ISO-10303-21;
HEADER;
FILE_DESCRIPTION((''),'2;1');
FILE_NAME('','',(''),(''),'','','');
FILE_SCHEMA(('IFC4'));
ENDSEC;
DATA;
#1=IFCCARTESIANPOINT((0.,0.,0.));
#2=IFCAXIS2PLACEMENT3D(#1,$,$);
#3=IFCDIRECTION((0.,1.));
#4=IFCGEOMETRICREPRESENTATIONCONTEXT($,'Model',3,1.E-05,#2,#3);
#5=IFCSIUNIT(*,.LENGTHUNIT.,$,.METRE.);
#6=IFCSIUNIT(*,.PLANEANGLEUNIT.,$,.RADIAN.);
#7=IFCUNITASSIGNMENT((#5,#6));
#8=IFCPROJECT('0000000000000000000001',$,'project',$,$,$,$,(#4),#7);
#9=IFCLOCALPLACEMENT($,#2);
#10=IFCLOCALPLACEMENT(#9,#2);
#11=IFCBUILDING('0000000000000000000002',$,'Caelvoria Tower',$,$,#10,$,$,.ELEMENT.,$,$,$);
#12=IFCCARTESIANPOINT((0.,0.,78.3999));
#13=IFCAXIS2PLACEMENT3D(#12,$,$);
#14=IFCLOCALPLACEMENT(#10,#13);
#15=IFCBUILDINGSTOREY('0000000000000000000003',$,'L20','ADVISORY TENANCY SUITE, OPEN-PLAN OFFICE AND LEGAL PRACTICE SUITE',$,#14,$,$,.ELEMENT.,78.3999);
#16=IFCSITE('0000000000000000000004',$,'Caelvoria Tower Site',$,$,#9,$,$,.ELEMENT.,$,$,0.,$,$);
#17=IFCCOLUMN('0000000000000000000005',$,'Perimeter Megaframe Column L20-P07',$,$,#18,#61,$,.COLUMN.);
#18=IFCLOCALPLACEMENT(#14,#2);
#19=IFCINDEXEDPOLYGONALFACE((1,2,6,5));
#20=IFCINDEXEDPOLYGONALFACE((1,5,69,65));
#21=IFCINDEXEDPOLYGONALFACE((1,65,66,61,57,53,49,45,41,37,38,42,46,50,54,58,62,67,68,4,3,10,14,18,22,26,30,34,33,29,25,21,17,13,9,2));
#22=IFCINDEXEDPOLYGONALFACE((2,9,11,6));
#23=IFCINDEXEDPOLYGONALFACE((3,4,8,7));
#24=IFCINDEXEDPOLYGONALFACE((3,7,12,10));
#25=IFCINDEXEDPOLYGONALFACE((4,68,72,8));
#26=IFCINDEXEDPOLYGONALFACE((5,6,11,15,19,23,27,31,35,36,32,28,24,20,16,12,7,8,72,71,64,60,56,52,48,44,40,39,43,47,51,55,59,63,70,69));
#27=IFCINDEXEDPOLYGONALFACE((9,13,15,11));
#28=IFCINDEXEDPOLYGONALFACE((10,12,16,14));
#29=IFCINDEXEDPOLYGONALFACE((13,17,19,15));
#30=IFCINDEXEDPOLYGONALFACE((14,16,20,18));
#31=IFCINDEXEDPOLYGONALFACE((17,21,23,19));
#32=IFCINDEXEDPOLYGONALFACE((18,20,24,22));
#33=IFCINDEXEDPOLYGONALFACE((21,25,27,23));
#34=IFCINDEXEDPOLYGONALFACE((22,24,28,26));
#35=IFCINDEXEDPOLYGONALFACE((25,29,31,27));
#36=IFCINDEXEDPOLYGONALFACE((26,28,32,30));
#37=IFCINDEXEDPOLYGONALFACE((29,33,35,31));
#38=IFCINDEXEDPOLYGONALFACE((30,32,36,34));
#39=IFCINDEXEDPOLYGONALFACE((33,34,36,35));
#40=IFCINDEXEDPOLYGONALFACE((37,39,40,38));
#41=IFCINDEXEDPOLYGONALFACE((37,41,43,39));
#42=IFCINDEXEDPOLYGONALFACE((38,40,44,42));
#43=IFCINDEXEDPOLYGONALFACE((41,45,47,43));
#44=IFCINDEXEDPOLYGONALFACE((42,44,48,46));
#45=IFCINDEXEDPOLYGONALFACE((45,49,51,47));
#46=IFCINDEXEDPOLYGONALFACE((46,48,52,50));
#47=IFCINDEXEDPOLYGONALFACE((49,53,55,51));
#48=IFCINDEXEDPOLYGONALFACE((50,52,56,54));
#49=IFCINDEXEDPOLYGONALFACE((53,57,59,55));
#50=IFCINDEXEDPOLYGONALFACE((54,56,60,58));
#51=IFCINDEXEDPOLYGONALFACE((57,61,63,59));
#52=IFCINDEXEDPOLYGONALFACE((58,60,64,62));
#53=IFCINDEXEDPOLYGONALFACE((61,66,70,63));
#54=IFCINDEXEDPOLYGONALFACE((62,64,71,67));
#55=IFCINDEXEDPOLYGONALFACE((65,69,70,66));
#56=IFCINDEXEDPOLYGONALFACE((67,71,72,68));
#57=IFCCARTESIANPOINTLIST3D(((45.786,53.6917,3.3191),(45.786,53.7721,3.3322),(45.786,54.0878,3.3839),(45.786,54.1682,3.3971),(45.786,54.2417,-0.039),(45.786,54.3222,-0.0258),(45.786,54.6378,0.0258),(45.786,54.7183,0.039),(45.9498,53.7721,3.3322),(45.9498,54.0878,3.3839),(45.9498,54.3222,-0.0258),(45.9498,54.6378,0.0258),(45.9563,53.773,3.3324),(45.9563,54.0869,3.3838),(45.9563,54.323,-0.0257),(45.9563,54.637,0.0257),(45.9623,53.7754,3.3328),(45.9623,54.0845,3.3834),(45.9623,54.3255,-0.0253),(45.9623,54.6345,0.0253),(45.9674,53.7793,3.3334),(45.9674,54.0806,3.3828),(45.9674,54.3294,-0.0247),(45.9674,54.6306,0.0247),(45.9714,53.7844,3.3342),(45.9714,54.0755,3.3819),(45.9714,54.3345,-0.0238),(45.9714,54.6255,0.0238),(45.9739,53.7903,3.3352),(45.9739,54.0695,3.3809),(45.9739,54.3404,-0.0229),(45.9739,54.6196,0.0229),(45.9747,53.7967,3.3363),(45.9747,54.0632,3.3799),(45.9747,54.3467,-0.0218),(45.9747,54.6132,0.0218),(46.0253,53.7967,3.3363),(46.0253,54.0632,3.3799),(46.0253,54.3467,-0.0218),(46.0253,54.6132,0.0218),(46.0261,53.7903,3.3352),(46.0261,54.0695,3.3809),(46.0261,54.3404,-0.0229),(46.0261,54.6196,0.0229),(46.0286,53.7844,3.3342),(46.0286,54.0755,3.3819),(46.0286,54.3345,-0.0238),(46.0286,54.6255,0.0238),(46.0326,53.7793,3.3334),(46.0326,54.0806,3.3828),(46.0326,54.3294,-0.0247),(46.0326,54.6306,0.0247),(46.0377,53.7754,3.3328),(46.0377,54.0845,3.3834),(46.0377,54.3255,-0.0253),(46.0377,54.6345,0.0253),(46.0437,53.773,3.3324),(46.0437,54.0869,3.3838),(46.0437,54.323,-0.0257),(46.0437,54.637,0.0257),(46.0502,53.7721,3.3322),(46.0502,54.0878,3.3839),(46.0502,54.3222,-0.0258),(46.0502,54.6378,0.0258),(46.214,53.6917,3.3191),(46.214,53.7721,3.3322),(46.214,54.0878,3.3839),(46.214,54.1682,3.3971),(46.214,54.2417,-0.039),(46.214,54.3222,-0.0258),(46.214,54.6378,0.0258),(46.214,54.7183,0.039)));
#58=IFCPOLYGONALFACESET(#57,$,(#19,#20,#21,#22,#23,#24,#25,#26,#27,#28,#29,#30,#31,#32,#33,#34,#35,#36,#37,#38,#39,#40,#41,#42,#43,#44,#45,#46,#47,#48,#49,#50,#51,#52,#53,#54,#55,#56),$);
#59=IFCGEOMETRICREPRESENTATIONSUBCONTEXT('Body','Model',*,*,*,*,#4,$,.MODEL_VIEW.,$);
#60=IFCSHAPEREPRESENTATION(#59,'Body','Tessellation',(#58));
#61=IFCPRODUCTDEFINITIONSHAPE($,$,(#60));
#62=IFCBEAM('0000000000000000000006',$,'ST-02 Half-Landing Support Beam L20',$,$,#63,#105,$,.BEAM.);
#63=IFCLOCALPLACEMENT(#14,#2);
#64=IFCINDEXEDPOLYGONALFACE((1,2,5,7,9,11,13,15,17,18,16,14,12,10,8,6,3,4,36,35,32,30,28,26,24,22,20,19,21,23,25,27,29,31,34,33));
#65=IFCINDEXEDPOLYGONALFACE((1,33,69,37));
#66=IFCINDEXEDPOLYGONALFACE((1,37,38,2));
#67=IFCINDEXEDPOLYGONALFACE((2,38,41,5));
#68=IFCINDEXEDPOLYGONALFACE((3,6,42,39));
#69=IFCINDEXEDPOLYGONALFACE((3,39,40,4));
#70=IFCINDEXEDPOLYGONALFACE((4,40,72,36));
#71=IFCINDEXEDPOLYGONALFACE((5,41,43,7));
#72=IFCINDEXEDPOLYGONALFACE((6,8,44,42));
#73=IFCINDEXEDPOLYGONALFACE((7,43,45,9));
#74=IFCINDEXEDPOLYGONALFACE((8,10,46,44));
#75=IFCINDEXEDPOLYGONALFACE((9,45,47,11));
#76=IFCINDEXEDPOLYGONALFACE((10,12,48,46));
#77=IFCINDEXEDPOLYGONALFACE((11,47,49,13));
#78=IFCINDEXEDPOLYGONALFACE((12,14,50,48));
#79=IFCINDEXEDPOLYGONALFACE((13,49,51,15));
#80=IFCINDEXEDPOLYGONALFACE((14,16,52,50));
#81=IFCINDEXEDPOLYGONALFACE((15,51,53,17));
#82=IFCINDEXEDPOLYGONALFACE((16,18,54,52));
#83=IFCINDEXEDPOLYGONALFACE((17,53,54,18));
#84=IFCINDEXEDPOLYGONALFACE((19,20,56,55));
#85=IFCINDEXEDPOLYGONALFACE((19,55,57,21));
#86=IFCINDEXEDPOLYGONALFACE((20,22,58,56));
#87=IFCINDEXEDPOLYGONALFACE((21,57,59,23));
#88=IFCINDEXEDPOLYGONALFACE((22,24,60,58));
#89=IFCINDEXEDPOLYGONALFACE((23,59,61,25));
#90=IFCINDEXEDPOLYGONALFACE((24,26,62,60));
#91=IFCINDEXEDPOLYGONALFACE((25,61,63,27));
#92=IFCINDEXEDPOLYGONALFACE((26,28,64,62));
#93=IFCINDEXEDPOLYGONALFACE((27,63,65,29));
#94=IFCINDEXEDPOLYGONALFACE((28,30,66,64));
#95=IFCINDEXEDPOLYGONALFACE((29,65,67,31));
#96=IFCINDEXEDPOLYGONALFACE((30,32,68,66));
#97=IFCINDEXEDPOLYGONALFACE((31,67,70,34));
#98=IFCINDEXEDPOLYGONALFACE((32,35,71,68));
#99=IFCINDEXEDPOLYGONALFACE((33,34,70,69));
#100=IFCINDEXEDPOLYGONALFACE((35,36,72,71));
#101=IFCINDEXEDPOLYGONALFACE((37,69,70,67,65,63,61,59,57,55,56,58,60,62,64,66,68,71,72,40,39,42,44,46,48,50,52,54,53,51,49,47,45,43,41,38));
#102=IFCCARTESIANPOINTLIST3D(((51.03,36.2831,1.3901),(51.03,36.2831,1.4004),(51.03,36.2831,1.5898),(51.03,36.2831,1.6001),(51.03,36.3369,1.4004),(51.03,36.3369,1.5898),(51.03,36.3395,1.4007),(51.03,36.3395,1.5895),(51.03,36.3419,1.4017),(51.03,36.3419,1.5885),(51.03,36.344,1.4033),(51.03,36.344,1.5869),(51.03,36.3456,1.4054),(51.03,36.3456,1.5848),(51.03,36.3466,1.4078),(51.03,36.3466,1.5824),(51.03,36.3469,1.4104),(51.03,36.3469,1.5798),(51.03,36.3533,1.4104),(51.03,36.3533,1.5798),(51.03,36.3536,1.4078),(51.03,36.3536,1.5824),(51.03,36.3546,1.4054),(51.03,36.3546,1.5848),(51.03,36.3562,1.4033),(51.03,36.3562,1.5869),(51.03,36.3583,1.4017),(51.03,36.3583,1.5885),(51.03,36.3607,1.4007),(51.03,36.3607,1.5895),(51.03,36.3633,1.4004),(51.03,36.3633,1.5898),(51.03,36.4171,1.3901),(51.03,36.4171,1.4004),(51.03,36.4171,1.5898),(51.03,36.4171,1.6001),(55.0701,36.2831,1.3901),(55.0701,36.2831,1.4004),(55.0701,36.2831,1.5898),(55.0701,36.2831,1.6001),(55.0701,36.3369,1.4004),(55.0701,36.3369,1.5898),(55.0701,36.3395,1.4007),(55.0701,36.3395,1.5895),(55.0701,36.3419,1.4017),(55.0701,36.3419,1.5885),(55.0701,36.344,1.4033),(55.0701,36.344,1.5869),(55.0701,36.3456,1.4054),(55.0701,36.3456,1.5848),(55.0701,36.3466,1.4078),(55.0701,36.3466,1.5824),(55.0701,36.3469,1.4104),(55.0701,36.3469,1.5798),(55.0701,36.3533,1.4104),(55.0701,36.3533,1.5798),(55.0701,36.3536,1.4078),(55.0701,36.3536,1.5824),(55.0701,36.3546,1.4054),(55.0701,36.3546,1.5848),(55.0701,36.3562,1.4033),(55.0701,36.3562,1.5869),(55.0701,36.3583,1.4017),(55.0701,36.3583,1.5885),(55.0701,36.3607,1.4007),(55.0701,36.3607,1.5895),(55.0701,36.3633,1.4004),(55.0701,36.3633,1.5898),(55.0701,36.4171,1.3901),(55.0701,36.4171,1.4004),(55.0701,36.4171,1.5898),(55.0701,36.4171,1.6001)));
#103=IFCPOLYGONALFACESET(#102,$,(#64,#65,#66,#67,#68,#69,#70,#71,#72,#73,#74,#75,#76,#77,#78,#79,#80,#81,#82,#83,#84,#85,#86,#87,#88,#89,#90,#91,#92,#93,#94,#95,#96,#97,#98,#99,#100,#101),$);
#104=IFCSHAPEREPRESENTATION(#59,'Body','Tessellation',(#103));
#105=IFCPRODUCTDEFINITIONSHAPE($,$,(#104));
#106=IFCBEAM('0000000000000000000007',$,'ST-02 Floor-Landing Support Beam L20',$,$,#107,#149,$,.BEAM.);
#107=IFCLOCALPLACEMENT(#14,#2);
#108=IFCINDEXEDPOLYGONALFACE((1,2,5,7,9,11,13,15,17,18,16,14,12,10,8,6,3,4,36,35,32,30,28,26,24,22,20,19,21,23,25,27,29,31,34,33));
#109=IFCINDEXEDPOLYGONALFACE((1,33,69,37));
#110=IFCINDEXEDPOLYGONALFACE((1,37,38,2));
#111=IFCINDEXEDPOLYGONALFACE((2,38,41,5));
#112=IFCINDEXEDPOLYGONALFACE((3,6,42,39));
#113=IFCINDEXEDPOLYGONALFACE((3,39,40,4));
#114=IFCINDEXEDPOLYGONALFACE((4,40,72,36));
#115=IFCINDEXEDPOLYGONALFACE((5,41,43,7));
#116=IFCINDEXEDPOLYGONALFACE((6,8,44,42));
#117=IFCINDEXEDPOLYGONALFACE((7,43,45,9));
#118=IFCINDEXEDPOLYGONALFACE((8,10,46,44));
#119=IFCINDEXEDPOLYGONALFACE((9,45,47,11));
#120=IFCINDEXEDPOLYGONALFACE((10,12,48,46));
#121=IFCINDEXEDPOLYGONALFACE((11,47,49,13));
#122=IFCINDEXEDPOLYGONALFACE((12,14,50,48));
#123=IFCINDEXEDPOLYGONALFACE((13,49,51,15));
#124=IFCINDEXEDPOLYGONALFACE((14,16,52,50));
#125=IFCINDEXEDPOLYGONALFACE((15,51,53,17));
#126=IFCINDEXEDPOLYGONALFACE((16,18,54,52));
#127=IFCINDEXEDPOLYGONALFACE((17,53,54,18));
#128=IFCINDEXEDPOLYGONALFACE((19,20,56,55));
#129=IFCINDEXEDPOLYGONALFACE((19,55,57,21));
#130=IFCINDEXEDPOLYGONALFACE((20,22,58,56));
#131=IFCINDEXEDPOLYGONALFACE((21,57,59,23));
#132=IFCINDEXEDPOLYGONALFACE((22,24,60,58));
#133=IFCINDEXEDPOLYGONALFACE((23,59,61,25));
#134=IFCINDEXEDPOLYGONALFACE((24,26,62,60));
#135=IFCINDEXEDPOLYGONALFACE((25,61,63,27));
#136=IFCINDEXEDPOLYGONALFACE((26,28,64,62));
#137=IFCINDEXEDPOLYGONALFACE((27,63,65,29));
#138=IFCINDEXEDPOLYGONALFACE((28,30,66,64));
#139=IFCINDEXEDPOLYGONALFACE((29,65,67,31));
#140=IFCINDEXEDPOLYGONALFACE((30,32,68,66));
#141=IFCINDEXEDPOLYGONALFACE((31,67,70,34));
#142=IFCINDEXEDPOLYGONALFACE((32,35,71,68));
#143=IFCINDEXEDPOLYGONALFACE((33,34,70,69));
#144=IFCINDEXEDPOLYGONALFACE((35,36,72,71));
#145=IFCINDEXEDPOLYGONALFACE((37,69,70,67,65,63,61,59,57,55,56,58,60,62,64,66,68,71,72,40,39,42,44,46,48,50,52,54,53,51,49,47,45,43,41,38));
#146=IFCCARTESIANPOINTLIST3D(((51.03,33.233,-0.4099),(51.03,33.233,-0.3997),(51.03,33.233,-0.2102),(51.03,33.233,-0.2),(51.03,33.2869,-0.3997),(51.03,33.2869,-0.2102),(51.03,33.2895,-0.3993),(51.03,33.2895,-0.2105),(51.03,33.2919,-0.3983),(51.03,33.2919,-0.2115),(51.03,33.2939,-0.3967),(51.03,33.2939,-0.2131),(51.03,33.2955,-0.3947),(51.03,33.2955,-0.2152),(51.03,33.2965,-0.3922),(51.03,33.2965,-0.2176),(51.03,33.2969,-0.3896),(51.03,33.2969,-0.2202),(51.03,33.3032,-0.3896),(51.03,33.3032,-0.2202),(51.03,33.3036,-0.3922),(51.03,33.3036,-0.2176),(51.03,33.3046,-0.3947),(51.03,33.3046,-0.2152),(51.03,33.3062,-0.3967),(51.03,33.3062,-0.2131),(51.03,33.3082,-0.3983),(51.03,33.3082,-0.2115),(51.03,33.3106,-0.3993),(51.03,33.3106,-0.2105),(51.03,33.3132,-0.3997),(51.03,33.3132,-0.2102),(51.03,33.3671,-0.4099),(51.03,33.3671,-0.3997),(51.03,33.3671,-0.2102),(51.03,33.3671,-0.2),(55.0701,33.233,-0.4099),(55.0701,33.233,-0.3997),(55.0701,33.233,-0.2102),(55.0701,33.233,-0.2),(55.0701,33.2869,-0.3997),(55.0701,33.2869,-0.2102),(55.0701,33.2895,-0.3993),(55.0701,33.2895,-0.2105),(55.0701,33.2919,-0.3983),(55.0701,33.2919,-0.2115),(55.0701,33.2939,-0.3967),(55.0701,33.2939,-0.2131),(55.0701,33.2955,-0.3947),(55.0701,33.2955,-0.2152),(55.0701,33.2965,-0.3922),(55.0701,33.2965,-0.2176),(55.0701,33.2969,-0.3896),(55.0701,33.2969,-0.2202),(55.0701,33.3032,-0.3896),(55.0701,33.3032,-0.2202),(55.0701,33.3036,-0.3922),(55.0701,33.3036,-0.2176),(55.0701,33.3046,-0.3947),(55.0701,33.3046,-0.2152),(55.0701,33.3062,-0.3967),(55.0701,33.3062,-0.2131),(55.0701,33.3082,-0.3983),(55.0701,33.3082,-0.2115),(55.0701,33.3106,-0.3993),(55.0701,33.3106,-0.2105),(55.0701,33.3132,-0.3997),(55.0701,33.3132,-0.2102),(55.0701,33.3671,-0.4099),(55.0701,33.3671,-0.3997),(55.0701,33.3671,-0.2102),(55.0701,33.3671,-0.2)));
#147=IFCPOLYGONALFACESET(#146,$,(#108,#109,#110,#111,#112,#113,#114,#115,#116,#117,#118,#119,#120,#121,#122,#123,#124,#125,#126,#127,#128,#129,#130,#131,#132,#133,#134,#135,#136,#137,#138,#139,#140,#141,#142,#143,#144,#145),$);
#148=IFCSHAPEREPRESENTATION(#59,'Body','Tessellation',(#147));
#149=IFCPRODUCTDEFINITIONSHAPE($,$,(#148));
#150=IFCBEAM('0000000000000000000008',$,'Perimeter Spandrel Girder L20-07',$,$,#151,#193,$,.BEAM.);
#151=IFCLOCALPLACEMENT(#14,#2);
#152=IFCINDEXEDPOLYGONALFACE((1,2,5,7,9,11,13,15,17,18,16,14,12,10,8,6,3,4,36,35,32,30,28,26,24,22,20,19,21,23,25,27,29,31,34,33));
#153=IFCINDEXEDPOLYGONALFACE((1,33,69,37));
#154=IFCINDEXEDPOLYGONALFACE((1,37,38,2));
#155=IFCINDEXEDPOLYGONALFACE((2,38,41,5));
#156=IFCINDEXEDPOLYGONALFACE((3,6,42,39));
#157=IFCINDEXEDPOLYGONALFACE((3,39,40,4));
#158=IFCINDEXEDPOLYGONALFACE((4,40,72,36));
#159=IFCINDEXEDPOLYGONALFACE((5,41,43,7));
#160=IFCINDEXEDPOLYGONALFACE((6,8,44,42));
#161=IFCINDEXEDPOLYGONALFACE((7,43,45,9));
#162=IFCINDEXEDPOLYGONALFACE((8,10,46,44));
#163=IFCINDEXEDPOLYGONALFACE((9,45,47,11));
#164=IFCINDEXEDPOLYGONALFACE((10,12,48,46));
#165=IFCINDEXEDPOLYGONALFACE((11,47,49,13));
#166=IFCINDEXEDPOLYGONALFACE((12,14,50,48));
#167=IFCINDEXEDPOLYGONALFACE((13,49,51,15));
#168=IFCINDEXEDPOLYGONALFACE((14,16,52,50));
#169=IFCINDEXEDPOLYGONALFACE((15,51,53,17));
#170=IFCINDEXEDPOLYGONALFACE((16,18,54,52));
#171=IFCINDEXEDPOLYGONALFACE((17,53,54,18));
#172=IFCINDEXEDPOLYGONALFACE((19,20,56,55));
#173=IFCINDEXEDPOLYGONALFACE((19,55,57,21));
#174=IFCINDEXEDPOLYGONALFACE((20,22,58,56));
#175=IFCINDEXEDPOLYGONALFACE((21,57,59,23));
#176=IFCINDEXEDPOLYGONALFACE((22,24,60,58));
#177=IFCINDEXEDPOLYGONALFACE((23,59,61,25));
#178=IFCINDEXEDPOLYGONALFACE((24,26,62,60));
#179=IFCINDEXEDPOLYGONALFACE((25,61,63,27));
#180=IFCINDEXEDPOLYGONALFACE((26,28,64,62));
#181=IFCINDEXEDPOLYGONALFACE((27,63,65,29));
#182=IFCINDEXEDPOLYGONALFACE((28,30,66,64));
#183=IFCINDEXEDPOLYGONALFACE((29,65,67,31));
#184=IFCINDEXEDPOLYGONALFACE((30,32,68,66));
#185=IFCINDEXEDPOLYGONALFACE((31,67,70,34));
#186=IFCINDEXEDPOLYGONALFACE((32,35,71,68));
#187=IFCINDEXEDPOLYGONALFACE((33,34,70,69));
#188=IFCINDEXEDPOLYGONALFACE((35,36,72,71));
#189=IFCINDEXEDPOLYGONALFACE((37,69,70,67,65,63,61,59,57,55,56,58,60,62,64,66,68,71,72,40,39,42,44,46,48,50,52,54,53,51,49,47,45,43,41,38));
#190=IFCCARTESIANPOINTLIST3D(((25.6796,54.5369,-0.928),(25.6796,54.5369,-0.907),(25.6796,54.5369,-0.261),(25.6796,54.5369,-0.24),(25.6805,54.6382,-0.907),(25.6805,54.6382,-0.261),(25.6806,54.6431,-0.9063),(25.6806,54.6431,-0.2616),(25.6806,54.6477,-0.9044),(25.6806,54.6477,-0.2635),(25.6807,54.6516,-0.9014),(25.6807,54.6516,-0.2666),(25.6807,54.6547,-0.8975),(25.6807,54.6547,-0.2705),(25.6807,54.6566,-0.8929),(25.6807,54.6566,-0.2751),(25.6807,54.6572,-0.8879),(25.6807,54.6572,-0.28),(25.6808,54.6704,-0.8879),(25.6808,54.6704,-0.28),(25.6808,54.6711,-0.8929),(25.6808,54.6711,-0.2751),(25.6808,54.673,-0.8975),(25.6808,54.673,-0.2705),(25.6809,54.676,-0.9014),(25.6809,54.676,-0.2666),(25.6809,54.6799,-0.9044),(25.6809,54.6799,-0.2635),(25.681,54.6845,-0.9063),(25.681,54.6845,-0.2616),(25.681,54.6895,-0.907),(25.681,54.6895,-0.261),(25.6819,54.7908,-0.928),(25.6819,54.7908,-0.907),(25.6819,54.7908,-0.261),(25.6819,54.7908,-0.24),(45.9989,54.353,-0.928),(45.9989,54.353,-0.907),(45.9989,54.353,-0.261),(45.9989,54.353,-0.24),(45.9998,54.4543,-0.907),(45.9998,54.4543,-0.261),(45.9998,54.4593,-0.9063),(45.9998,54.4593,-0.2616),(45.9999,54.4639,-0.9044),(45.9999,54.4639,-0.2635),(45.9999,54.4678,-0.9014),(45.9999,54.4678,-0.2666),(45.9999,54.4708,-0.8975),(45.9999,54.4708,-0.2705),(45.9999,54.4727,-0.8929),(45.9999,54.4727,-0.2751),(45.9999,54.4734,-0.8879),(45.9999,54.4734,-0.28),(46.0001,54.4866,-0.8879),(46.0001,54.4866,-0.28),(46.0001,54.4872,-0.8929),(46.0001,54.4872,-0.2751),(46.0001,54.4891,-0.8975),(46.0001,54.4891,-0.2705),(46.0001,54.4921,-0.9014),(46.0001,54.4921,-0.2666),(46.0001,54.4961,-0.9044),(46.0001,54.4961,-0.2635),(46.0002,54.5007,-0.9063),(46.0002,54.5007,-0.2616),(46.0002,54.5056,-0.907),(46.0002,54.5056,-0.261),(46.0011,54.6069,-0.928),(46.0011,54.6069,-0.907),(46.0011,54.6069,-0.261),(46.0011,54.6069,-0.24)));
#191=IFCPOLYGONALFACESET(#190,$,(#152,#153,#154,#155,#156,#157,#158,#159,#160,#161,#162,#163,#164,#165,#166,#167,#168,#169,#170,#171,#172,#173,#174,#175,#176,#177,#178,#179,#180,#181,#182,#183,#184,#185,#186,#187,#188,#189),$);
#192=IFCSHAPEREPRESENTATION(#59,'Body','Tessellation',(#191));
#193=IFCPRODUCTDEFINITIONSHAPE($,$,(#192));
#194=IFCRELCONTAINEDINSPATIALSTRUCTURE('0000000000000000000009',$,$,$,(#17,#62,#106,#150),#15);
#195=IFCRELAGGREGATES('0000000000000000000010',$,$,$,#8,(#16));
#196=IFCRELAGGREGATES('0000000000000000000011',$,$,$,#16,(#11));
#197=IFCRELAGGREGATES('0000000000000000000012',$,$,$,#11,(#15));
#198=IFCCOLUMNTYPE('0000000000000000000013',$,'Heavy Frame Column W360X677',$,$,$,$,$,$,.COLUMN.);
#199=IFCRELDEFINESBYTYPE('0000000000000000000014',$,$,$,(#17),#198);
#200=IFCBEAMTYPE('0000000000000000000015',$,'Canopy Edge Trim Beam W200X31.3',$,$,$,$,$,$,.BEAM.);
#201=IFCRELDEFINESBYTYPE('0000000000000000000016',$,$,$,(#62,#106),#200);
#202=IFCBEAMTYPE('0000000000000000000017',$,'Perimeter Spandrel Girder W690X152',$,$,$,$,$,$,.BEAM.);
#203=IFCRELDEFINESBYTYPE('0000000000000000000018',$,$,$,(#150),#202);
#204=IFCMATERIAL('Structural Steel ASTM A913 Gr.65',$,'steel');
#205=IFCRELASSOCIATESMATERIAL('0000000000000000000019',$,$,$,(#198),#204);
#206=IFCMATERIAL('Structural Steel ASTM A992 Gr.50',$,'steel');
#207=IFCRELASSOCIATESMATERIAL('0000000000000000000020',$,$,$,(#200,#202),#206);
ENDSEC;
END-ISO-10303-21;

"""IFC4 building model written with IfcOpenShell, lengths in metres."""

from ifc_helpers import new_model, si_unit, direction, frame, origin, origin_2d, place, context, subcontext, project, spatial, i_section, extrude, material, material_profile, profile_set, type_object, element, save


model = new_model("IFC4")

# Units and contexts
model_context = context("Model", 3, precision=1e-05, world=origin(), true_north=direction((0.0, 1.0)))
body_context = subcontext(model_context, "Body", "Model", "MODEL_VIEW")
ifc_project = project(units=[si_unit("LENGTHUNIT", "METRE"), si_unit("PLANEANGLEUNIT", "RADIAN")], contexts=[model_context])

# Site, building, storey
site_placement = place(None, origin())
site = spatial("IfcSite", under=ifc_project, at=site_placement, Name="Caelvoria Tower Site", CompositionType="ELEMENT", RefElevation=0.0)
building_placement = place(site_placement, origin())
building = spatial("IfcBuilding", under=site, at=building_placement, Name="Caelvoria Tower", CompositionType="ELEMENT")
storey_placement = place(building_placement, frame((0.0, 0.0, 78.3999)))
storey = spatial("IfcBuildingStorey", under=building, at=storey_placement, Name="L20", Description="ADVISORY TENANCY SUITE, OPEN-PLAN OFFICE AND LEGAL PRACTICE SUITE", CompositionType="ELEMENT", Elevation=78.3999)

# Column
ifc_material_1 = material(Name="Structural Steel ASTM A913 Gr.65", Category="steel")
ifc_material_profile_1 = material_profile(ifc_material_1, i_section(OverallWidth=0.428, OverallDepth=0.4829, WebThickness=0.0505, FlangeThickness=0.0815, FilletRadius=0.0249, at=origin_2d()), Name="Structural Steel ASTM A913 Gr.65")
ifc_profile_set_1 = profile_set([ifc_material_profile_1], Name="W360X677 - Structural Steel ASTM A913 Gr.65")
column_type = type_object("IfcColumnType", Name="Heavy Frame Column W360X677", PredefinedType="COLUMN", material=ifc_profile_set_1)
column_placement = place(storey_placement, frame((46.0, 54.48, 0.0), z_axis=(0.0, -0.161641, 0.98685), x_axis=(1.0, 0.0, 0.0)))
element("IfcColumn", 1, at=column_placement, inside=storey, type_object=column_type, Name="Perimeter Megaframe Column L20-P07", PredefinedType="COLUMN", context=body_context, shape_type="SweptSolid", body=[
    extrude(i_section(OverallWidth=0.428, OverallDepth=0.4829, WebThickness=0.0505, FlangeThickness=0.0815, FilletRadius=0.0249, at=origin_2d()), origin(), (0.0, 0.0, 1.0), 3.4028),
])

# Beams
ifc_material_2 = material(Name="Structural Steel ASTM A992 Gr.50", Category="steel")
ifc_material_profile_2 = material_profile(ifc_material_2, i_section(OverallWidth=0.134, OverallDepth=0.21, WebThickness=0.0063, FlangeThickness=0.0103, FilletRadius=0.01, at=origin_2d()), Name="Structural Steel ASTM A992 Gr.50")
ifc_profile_set_2 = profile_set([ifc_material_profile_2], Name="W200X31.3 - Structural Steel ASTM A992 Gr.50")
beam_type_1 = type_object("IfcBeamType", Name="Canopy Edge Trim Beam W200X31.3", PredefinedType="BEAM", material=ifc_profile_set_2)
for number, where, z_axis, x_axis, name in (
    (2, (51.03, 36.3501, 1.4951), (1.0, 0.0, 0.0), (0.0, 1.0, 0.0), "ST-02 Half-Landing Support Beam L20"),
    (3, (51.03, 33.3, -0.3049), (1.0, 0.0, 0.0), (0.0, 1.0, 0.0), "ST-02 Floor-Landing Support Beam L20"),
):
    element("IfcBeam", number, at=place(storey_placement, frame(where, z_axis=z_axis, x_axis=x_axis)), inside=storey, type_object=beam_type_1, Name=name, PredefinedType="BEAM", context=body_context, shape_type="SweptSolid", body=[
        extrude(i_section(OverallWidth=0.134, OverallDepth=0.21, WebThickness=0.0063, FlangeThickness=0.0103, FilletRadius=0.01, at=origin_2d()), origin(), (0.0, 0.0, 1.0), 4.04),
    ])
ifc_material_profile_3 = material_profile(ifc_material_2, i_section(OverallWidth=0.2539, OverallDepth=0.688, WebThickness=0.0132, FlangeThickness=0.021, FilletRadius=0.019, at=origin_2d()), Name="Structural Steel ASTM A992 Gr.50")
ifc_profile_set_3 = profile_set([ifc_material_profile_3], Name="W690X152 - Structural Steel ASTM A992 Gr.50")
beam_type_2 = type_object("IfcBeamType", Name="Perimeter Spandrel Girder W690X152", PredefinedType="BEAM", material=ifc_profile_set_3)
beam_1_placement = place(storey_placement, frame((46.0, 54.48, -0.584), z_axis=(-0.999959, 0.009047, 0.0), x_axis=(-0.009047, -0.999959, 0.0)))
element("IfcBeam", 4, at=beam_1_placement, inside=storey, type_object=beam_type_2, Name="Perimeter Spandrel Girder L20-07", PredefinedType="BEAM", context=body_context, shape_type="SweptSolid", body=[
    extrude(i_section(OverallWidth=0.2539, OverallDepth=0.688, WebThickness=0.0132, FlangeThickness=0.021, FilletRadius=0.019, at=origin_2d()), origin(), (0.0, 0.0, 1.0), 20.3201),
])

save(model, "model.ifc")
